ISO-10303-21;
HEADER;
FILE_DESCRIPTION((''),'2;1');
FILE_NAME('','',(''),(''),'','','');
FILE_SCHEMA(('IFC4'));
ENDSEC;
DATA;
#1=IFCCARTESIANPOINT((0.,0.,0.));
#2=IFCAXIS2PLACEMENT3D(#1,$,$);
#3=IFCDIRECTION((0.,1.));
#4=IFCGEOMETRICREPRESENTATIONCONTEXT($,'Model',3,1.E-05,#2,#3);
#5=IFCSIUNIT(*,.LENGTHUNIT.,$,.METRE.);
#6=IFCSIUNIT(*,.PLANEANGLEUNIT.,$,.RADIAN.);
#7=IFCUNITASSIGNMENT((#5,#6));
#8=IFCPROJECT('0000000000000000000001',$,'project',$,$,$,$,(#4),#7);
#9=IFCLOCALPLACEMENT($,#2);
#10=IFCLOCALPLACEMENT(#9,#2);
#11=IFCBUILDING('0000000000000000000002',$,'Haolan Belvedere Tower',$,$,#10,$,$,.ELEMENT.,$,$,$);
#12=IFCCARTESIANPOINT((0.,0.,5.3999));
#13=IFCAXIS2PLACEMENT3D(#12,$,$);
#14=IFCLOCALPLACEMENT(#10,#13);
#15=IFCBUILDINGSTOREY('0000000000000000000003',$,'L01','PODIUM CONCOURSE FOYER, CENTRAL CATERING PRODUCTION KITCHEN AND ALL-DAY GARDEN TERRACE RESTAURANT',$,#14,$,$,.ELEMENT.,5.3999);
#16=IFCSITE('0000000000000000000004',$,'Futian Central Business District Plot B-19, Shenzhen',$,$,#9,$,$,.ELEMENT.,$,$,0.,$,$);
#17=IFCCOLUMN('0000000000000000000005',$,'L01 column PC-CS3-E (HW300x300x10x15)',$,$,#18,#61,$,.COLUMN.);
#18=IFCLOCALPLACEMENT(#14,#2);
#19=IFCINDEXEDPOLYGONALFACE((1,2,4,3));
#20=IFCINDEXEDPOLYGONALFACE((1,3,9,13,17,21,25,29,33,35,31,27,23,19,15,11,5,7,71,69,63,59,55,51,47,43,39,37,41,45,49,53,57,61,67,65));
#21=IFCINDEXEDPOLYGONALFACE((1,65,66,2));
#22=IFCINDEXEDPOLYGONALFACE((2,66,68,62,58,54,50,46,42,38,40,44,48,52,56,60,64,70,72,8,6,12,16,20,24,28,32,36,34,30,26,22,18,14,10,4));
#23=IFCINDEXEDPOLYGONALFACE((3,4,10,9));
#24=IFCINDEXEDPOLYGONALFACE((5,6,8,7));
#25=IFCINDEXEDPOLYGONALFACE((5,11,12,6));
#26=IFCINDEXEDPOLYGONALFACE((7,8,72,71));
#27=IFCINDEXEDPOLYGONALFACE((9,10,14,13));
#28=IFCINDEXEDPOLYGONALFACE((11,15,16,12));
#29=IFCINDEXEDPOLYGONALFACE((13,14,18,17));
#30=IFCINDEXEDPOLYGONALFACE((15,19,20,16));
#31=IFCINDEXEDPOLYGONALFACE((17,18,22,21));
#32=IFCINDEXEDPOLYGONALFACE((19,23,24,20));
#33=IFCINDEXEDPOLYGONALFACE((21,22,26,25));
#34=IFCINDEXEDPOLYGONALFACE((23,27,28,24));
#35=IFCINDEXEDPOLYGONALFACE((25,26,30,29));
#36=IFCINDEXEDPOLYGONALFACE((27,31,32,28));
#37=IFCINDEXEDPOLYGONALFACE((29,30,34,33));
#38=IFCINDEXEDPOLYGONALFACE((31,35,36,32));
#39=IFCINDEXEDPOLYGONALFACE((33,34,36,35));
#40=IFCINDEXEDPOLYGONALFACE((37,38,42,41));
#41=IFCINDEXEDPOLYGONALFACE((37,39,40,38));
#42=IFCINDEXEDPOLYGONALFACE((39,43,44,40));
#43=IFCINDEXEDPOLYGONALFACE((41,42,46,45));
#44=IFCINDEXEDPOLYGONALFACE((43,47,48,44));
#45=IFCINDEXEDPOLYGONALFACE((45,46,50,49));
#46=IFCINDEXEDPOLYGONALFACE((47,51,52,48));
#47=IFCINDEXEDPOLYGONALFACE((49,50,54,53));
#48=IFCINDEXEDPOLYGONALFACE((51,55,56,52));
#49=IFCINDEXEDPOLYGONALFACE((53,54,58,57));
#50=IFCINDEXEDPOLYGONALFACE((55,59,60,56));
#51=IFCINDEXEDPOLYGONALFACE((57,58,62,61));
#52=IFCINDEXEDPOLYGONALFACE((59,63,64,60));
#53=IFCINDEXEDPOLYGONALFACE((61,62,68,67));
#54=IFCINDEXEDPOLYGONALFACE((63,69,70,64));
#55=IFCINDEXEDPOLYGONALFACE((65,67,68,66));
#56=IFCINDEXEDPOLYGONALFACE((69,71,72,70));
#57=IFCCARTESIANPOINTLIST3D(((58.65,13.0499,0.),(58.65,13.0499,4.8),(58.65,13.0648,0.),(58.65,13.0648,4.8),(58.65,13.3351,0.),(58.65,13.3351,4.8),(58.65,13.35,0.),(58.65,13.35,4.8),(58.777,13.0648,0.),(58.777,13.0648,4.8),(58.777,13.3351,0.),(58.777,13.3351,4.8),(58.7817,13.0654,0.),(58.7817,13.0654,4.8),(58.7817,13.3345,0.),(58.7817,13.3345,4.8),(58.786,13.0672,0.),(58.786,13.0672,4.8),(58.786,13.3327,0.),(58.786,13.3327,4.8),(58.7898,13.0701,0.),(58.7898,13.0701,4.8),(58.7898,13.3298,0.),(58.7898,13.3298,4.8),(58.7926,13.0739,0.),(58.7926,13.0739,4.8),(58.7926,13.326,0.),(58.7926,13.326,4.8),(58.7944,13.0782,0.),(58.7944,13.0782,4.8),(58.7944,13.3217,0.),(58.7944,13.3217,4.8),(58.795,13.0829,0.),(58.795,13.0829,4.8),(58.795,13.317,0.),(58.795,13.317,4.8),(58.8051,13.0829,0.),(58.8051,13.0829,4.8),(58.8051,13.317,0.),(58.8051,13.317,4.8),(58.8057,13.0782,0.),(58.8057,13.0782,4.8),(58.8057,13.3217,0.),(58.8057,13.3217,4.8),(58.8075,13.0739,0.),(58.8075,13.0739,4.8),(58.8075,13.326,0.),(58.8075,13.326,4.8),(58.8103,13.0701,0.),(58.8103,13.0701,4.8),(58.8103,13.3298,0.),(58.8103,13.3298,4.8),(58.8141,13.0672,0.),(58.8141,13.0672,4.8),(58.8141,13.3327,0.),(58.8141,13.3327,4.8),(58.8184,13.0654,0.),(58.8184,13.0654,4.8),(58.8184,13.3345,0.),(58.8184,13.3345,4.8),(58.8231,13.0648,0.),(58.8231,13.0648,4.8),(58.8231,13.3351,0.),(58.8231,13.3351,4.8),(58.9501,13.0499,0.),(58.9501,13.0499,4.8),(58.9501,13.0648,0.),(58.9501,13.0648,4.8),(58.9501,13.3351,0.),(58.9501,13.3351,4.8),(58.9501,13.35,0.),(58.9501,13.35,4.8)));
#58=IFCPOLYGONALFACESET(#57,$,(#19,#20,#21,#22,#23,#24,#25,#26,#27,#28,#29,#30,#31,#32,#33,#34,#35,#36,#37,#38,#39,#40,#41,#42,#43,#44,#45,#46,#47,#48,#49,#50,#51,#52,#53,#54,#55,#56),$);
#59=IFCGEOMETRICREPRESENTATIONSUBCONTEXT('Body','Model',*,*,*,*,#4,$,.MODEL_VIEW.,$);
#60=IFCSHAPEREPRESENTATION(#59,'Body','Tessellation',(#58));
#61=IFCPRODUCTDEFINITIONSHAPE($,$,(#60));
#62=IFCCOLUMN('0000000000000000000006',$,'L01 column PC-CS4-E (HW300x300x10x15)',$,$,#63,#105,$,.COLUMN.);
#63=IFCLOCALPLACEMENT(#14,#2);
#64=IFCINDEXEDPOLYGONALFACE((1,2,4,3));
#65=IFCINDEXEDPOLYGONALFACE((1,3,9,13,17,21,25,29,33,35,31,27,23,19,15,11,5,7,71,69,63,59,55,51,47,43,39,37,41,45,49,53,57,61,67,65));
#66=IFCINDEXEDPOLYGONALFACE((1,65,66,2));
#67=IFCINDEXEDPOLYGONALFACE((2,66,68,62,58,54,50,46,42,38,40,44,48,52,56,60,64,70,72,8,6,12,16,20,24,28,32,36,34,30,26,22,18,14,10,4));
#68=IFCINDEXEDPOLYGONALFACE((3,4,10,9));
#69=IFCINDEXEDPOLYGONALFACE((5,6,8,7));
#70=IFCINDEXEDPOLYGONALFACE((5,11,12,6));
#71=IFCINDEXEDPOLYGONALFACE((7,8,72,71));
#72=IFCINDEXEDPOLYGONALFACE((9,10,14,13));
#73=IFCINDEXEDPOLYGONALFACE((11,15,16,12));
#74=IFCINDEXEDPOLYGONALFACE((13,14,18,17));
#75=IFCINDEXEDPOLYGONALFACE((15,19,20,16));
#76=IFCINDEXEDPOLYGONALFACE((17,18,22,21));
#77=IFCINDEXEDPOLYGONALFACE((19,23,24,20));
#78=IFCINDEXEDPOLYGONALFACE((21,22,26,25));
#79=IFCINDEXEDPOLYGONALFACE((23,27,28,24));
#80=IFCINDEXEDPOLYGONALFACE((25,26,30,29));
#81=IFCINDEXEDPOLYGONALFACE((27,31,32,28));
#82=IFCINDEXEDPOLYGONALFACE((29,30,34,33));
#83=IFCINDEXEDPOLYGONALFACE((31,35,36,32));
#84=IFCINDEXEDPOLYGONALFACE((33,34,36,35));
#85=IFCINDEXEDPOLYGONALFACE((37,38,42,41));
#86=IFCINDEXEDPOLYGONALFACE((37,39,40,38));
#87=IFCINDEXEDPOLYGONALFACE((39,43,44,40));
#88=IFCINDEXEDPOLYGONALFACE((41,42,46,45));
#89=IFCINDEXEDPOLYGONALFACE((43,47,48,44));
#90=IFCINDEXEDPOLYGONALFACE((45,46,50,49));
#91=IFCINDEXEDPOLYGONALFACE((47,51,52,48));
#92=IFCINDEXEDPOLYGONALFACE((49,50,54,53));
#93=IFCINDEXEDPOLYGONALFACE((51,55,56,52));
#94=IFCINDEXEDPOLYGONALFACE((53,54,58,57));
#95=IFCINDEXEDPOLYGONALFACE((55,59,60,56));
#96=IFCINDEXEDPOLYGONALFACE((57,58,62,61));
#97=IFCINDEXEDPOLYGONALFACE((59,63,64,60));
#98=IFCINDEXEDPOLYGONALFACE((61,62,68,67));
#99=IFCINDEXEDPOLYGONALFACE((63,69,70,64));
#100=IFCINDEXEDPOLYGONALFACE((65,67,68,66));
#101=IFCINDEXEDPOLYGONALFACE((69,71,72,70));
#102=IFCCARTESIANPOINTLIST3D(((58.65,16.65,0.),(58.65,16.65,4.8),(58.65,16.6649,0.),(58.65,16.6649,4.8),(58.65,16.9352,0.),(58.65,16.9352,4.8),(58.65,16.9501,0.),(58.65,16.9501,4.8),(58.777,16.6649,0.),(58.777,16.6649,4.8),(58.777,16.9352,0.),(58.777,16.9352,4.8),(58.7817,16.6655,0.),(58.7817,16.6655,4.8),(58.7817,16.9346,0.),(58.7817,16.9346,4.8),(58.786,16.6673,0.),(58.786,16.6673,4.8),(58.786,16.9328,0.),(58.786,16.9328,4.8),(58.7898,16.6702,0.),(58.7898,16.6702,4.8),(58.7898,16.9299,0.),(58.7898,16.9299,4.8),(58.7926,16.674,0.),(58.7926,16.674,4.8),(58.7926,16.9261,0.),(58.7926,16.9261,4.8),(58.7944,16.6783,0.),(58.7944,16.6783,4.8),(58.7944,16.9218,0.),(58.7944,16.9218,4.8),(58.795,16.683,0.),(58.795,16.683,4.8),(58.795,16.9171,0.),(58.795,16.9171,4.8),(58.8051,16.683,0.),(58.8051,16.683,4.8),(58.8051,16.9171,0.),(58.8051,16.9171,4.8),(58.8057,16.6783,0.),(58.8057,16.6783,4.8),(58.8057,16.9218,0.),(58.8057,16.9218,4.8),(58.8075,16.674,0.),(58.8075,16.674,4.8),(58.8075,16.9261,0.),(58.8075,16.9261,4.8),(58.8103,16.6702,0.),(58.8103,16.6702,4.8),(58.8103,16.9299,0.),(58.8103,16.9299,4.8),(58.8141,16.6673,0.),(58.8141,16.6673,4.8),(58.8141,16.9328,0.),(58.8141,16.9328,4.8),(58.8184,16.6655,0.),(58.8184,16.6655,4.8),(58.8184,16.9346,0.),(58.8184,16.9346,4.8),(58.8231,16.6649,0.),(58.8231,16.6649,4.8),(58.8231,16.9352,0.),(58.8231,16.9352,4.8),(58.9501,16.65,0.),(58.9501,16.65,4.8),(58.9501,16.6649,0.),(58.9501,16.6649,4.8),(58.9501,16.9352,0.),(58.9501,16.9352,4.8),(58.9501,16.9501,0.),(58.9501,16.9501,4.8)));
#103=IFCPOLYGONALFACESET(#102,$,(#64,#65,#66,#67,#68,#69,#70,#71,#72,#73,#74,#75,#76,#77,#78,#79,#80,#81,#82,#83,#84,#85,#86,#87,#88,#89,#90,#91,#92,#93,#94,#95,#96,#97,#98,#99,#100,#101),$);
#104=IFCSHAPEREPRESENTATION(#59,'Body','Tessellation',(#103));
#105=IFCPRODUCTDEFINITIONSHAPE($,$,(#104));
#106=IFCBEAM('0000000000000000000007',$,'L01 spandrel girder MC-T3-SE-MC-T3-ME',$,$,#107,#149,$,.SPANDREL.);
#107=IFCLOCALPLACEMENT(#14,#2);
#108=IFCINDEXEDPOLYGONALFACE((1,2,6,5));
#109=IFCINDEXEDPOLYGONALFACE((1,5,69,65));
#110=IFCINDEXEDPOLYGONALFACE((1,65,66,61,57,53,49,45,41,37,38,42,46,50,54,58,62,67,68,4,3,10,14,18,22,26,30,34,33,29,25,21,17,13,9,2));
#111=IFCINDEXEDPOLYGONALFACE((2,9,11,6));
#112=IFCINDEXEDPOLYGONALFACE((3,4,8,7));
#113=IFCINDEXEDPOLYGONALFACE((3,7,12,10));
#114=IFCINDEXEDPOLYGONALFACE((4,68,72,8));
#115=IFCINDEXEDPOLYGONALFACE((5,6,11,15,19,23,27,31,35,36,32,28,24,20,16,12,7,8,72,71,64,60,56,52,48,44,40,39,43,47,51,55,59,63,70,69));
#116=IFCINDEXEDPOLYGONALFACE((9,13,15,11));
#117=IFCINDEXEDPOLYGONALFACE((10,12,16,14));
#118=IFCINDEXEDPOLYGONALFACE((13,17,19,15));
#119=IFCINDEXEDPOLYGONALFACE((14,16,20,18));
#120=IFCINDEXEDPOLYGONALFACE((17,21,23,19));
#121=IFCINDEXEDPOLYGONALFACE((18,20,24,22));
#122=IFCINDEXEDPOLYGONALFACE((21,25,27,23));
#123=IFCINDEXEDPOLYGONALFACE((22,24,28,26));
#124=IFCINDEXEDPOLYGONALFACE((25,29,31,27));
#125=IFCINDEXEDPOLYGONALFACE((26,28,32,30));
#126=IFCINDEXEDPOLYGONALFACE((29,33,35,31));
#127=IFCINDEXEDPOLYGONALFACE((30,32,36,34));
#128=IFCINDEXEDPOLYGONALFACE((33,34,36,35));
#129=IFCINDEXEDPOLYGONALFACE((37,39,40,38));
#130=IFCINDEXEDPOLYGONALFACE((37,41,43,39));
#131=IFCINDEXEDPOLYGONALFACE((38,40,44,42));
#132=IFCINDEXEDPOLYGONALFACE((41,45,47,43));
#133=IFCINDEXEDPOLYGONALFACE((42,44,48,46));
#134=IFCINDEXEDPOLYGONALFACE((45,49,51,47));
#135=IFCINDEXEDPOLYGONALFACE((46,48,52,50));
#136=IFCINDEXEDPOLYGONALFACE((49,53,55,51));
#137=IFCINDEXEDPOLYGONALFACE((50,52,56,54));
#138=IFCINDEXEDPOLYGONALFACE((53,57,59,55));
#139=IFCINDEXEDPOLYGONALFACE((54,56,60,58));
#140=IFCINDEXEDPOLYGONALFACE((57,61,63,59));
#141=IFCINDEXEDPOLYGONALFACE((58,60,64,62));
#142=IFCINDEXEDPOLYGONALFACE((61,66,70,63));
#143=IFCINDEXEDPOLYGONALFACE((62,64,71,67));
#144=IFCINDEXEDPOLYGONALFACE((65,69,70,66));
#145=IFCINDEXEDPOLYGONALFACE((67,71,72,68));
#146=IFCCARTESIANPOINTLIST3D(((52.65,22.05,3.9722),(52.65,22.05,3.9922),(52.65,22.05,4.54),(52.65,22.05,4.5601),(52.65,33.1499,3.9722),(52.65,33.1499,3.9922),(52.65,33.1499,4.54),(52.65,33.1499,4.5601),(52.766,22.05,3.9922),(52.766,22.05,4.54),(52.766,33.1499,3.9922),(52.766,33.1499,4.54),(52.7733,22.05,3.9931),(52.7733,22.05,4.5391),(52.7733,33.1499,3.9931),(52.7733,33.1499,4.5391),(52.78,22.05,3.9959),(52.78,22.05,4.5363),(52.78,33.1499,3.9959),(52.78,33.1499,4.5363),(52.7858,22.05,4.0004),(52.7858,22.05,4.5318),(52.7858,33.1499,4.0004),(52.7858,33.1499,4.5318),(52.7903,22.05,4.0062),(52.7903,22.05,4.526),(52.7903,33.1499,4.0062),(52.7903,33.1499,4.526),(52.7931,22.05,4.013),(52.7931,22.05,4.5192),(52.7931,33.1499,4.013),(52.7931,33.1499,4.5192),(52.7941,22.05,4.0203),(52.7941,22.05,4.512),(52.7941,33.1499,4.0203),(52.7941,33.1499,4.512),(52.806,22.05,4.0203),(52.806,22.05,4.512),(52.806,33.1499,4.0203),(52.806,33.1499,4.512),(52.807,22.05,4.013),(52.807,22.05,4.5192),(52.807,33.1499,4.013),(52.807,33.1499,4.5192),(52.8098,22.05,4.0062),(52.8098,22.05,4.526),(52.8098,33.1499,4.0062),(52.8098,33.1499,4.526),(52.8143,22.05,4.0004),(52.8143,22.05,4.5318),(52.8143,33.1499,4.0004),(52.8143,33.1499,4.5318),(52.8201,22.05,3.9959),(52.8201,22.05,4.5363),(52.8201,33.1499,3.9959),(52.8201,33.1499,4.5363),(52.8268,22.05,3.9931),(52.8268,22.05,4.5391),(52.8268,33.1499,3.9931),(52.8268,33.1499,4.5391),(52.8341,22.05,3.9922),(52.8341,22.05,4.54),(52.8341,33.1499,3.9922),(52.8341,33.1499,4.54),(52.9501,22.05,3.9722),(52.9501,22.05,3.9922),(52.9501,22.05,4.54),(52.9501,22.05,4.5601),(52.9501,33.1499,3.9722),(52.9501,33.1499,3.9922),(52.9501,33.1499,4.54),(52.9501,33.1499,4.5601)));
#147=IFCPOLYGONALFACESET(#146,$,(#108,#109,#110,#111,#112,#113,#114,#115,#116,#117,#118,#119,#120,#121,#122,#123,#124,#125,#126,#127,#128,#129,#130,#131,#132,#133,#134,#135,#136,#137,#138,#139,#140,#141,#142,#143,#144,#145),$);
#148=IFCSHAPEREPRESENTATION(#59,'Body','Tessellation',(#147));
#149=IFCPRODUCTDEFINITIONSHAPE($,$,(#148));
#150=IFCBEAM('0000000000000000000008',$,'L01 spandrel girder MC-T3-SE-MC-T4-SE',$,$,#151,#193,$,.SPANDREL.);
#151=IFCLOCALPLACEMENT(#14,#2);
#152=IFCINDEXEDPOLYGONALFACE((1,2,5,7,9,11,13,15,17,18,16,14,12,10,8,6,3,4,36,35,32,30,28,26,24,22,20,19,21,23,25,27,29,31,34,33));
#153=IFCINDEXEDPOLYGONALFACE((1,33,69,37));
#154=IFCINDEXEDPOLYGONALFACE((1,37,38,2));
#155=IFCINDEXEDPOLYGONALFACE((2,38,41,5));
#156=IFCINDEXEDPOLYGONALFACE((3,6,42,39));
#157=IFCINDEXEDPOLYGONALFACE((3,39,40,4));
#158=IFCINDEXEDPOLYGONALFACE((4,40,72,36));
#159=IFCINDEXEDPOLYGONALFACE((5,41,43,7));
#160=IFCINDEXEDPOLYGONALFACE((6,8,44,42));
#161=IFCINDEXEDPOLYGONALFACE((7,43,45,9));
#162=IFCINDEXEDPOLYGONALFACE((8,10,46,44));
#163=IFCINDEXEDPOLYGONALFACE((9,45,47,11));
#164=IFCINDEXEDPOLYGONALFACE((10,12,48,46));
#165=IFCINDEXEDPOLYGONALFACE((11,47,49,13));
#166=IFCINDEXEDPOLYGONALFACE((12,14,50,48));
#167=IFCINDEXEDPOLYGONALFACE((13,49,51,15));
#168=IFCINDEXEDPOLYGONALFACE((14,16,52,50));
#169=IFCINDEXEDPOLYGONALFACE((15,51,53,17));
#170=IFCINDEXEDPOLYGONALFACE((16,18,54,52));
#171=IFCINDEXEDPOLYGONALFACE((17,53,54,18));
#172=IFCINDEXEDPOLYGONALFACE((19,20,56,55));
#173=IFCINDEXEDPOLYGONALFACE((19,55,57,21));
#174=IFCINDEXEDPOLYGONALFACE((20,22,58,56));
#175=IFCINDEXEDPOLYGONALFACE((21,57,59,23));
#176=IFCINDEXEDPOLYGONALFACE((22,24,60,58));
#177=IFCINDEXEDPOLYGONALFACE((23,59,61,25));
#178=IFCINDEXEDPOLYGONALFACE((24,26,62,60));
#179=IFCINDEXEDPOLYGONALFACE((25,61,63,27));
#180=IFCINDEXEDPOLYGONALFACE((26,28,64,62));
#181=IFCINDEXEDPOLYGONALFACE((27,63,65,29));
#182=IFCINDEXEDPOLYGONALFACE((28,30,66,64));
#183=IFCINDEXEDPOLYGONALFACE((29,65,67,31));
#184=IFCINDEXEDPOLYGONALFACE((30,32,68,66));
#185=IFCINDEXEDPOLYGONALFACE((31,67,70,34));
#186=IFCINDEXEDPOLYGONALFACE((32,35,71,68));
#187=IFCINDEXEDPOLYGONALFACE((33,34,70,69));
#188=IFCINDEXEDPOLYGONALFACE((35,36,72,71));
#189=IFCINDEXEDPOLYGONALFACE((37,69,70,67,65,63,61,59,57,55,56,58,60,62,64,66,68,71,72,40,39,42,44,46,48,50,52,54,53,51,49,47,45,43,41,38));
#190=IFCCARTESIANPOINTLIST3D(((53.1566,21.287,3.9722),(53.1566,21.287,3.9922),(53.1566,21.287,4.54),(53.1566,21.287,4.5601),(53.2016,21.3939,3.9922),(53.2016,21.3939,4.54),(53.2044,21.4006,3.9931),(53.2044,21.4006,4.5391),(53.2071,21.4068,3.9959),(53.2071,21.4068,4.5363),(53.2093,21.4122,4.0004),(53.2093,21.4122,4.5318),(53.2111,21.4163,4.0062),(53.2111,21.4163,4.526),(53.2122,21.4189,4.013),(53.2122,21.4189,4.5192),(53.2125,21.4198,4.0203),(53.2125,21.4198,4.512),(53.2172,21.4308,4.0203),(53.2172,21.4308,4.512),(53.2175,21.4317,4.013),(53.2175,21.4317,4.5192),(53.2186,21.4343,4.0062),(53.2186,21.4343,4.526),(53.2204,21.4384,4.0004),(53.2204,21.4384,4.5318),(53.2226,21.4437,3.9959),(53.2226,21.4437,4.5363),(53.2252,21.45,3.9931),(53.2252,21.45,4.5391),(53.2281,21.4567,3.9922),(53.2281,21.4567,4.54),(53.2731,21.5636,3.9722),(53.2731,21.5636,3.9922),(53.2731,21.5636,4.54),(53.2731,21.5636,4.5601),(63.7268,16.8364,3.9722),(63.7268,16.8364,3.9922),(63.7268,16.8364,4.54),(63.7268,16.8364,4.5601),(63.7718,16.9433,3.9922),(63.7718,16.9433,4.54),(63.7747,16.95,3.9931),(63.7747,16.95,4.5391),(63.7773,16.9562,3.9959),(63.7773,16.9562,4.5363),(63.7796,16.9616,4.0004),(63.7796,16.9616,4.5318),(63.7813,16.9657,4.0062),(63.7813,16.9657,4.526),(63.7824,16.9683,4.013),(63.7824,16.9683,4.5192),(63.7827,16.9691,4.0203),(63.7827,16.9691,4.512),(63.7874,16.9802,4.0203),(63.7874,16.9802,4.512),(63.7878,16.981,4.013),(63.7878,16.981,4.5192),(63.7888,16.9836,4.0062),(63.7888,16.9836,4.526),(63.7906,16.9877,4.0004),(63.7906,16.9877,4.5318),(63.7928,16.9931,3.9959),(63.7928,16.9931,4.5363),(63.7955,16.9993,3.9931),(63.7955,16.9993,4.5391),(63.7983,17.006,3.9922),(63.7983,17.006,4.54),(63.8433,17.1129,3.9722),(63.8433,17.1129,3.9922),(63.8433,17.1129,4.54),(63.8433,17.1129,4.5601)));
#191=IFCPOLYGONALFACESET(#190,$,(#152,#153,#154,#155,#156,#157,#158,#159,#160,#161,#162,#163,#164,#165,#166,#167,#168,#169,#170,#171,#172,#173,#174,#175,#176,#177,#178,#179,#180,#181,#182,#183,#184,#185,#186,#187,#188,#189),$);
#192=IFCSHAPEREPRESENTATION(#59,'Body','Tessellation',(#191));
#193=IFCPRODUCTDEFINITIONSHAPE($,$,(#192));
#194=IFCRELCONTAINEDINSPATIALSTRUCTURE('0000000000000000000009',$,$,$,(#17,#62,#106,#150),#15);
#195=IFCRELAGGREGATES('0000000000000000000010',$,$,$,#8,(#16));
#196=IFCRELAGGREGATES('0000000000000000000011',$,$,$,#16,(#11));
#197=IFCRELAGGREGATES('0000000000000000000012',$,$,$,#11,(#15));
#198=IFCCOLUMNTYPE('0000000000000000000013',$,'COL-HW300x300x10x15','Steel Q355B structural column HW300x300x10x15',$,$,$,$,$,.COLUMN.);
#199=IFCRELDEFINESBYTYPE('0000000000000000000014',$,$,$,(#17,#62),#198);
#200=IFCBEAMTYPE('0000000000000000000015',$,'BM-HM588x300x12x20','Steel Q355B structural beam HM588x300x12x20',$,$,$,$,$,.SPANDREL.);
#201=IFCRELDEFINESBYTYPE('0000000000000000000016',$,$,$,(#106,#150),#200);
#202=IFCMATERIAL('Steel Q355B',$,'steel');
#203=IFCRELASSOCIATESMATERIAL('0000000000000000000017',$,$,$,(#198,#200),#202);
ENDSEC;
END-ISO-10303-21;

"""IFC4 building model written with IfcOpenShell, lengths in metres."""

from ifc_helpers import new_model, si_unit, direction, frame, origin, origin_2d, place, context, subcontext, project, spatial, i_section, extrude, material, material_profile, profile_set, type_object, element, save


model = new_model("IFC4")

# Units and contexts
model_context = context("Model", 3, precision=1e-05, world=origin(), true_north=direction((0.0, 1.0)))
body_context = subcontext(model_context, "Body", "Model", "MODEL_VIEW")
ifc_project = project(units=[si_unit("LENGTHUNIT", "METRE"), si_unit("PLANEANGLEUNIT", "RADIAN")], contexts=[model_context])

# Site, building, storey
site_placement = place(None, origin())
site = spatial("IfcSite", under=ifc_project, at=site_placement, Name="Futian Central Business District Plot B-19, Shenzhen", CompositionType="ELEMENT", RefElevation=0.0)
building_placement = place(site_placement, origin())
building = spatial("IfcBuilding", under=site, at=building_placement, Name="Haolan Belvedere Tower", CompositionType="ELEMENT")
storey_placement = place(building_placement, frame((0.0, 0.0, 5.3999)))
storey = spatial("IfcBuildingStorey", under=building, at=storey_placement, Name="L01", Description="PODIUM CONCOURSE FOYER, CENTRAL CATERING PRODUCTION KITCHEN AND ALL-DAY GARDEN TERRACE RESTAURANT", CompositionType="ELEMENT", Elevation=5.3999)

# Columns
ifc_material_1 = material(Name="Steel Q355B", Category="steel")
ifc_material_profile_1 = material_profile(ifc_material_1, i_section(OverallWidth=0.3, OverallDepth=0.3, WebThickness=0.01, FlangeThickness=0.0149, FilletRadius=0.0181, at=origin_2d()), Name="Steel Q355B")
ifc_profile_set_1 = profile_set([ifc_material_profile_1], Name="Steel Q355B")
column_type_1 = type_object("IfcColumnType", Name="COL-HW300x300x10x15", Description="Steel Q355B structural column HW300x300x10x15", PredefinedType="COLUMN", material=ifc_profile_set_1)
for number, where, z_axis, x_axis, name in (
    (1, (58.8, 13.2, 0.0), (0.0, 0.0, 1.0), (1.0, 0.0, 0.0), "L01 column PC-CS3-E (HW300x300x10x15)"),
    (2, (58.8, 16.8, 0.0), (0.0, 0.0, 1.0), (1.0, 0.0, 0.0), "L01 column PC-CS4-E (HW300x300x10x15)"),
):
    element("IfcColumn", number, at=place(storey_placement, frame(where, z_axis=z_axis, x_axis=x_axis)), inside=storey, type_object=column_type_1, Name=name, PredefinedType="COLUMN", context=body_context, shape_type="SweptSolid", body=[
        extrude(i_section(OverallWidth=0.3, OverallDepth=0.3, WebThickness=0.01, FlangeThickness=0.0149, FilletRadius=0.0181, at=origin_2d()), origin(), (0.0, 0.0, 1.0), 4.8),
    ])

# Beams
ifc_material_profile_2 = material_profile(ifc_material_1, i_section(OverallWidth=0.3, OverallDepth=0.5879, WebThickness=0.012, FlangeThickness=0.02, FilletRadius=0.0281, at=origin_2d()), Name="Steel Q355B")
ifc_profile_set_2 = profile_set([ifc_material_profile_2], Name="Steel Q355B")
beam_type_1 = type_object("IfcBeamType", Name="BM-HM588x300x12x20", Description="Steel Q355B structural beam HM588x300x12x20", PredefinedType="SPANDREL", material=ifc_profile_set_2)
beam_1_placement = place(storey_placement, frame((52.8, 22.05, 4.2661), z_axis=(0.0, 1.0, 0.0), x_axis=(-1.0, 0.0, 0.0)))
element("IfcBeam", 3, at=beam_1_placement, inside=storey, type_object=beam_type_1, Name="L01 spandrel girder MC-T3-SE-MC-T3-ME", PredefinedType="SPANDREL", context=body_context, shape_type="SweptSolid", body=[
    extrude(i_section(OverallWidth=0.3, OverallDepth=0.5879, WebThickness=0.012, FlangeThickness=0.02, FilletRadius=0.0281, at=origin_2d()), origin(), (0.0, 0.0, 1.0), 11.0999),
])
beam_2_placement = place(storey_placement, frame((53.2148, 21.4253, 4.2661), z_axis=(0.921635, -0.388059, 0.0), x_axis=(0.388059, 0.921635, 0.0)))
element("IfcBeam", 4, at=beam_2_placement, inside=storey, type_object=beam_type_1, Name="L01 spandrel girder MC-T3-SE-MC-T4-SE", PredefinedType="SPANDREL", context=body_context, shape_type="SweptSolid", body=[
    extrude(i_section(OverallWidth=0.3, OverallDepth=0.5879, WebThickness=0.012, FlangeThickness=0.02, FilletRadius=0.0281, at=origin_2d()), origin(), (0.0, 0.0, 1.0), 11.469),
])

save(model, "model.ifc")
